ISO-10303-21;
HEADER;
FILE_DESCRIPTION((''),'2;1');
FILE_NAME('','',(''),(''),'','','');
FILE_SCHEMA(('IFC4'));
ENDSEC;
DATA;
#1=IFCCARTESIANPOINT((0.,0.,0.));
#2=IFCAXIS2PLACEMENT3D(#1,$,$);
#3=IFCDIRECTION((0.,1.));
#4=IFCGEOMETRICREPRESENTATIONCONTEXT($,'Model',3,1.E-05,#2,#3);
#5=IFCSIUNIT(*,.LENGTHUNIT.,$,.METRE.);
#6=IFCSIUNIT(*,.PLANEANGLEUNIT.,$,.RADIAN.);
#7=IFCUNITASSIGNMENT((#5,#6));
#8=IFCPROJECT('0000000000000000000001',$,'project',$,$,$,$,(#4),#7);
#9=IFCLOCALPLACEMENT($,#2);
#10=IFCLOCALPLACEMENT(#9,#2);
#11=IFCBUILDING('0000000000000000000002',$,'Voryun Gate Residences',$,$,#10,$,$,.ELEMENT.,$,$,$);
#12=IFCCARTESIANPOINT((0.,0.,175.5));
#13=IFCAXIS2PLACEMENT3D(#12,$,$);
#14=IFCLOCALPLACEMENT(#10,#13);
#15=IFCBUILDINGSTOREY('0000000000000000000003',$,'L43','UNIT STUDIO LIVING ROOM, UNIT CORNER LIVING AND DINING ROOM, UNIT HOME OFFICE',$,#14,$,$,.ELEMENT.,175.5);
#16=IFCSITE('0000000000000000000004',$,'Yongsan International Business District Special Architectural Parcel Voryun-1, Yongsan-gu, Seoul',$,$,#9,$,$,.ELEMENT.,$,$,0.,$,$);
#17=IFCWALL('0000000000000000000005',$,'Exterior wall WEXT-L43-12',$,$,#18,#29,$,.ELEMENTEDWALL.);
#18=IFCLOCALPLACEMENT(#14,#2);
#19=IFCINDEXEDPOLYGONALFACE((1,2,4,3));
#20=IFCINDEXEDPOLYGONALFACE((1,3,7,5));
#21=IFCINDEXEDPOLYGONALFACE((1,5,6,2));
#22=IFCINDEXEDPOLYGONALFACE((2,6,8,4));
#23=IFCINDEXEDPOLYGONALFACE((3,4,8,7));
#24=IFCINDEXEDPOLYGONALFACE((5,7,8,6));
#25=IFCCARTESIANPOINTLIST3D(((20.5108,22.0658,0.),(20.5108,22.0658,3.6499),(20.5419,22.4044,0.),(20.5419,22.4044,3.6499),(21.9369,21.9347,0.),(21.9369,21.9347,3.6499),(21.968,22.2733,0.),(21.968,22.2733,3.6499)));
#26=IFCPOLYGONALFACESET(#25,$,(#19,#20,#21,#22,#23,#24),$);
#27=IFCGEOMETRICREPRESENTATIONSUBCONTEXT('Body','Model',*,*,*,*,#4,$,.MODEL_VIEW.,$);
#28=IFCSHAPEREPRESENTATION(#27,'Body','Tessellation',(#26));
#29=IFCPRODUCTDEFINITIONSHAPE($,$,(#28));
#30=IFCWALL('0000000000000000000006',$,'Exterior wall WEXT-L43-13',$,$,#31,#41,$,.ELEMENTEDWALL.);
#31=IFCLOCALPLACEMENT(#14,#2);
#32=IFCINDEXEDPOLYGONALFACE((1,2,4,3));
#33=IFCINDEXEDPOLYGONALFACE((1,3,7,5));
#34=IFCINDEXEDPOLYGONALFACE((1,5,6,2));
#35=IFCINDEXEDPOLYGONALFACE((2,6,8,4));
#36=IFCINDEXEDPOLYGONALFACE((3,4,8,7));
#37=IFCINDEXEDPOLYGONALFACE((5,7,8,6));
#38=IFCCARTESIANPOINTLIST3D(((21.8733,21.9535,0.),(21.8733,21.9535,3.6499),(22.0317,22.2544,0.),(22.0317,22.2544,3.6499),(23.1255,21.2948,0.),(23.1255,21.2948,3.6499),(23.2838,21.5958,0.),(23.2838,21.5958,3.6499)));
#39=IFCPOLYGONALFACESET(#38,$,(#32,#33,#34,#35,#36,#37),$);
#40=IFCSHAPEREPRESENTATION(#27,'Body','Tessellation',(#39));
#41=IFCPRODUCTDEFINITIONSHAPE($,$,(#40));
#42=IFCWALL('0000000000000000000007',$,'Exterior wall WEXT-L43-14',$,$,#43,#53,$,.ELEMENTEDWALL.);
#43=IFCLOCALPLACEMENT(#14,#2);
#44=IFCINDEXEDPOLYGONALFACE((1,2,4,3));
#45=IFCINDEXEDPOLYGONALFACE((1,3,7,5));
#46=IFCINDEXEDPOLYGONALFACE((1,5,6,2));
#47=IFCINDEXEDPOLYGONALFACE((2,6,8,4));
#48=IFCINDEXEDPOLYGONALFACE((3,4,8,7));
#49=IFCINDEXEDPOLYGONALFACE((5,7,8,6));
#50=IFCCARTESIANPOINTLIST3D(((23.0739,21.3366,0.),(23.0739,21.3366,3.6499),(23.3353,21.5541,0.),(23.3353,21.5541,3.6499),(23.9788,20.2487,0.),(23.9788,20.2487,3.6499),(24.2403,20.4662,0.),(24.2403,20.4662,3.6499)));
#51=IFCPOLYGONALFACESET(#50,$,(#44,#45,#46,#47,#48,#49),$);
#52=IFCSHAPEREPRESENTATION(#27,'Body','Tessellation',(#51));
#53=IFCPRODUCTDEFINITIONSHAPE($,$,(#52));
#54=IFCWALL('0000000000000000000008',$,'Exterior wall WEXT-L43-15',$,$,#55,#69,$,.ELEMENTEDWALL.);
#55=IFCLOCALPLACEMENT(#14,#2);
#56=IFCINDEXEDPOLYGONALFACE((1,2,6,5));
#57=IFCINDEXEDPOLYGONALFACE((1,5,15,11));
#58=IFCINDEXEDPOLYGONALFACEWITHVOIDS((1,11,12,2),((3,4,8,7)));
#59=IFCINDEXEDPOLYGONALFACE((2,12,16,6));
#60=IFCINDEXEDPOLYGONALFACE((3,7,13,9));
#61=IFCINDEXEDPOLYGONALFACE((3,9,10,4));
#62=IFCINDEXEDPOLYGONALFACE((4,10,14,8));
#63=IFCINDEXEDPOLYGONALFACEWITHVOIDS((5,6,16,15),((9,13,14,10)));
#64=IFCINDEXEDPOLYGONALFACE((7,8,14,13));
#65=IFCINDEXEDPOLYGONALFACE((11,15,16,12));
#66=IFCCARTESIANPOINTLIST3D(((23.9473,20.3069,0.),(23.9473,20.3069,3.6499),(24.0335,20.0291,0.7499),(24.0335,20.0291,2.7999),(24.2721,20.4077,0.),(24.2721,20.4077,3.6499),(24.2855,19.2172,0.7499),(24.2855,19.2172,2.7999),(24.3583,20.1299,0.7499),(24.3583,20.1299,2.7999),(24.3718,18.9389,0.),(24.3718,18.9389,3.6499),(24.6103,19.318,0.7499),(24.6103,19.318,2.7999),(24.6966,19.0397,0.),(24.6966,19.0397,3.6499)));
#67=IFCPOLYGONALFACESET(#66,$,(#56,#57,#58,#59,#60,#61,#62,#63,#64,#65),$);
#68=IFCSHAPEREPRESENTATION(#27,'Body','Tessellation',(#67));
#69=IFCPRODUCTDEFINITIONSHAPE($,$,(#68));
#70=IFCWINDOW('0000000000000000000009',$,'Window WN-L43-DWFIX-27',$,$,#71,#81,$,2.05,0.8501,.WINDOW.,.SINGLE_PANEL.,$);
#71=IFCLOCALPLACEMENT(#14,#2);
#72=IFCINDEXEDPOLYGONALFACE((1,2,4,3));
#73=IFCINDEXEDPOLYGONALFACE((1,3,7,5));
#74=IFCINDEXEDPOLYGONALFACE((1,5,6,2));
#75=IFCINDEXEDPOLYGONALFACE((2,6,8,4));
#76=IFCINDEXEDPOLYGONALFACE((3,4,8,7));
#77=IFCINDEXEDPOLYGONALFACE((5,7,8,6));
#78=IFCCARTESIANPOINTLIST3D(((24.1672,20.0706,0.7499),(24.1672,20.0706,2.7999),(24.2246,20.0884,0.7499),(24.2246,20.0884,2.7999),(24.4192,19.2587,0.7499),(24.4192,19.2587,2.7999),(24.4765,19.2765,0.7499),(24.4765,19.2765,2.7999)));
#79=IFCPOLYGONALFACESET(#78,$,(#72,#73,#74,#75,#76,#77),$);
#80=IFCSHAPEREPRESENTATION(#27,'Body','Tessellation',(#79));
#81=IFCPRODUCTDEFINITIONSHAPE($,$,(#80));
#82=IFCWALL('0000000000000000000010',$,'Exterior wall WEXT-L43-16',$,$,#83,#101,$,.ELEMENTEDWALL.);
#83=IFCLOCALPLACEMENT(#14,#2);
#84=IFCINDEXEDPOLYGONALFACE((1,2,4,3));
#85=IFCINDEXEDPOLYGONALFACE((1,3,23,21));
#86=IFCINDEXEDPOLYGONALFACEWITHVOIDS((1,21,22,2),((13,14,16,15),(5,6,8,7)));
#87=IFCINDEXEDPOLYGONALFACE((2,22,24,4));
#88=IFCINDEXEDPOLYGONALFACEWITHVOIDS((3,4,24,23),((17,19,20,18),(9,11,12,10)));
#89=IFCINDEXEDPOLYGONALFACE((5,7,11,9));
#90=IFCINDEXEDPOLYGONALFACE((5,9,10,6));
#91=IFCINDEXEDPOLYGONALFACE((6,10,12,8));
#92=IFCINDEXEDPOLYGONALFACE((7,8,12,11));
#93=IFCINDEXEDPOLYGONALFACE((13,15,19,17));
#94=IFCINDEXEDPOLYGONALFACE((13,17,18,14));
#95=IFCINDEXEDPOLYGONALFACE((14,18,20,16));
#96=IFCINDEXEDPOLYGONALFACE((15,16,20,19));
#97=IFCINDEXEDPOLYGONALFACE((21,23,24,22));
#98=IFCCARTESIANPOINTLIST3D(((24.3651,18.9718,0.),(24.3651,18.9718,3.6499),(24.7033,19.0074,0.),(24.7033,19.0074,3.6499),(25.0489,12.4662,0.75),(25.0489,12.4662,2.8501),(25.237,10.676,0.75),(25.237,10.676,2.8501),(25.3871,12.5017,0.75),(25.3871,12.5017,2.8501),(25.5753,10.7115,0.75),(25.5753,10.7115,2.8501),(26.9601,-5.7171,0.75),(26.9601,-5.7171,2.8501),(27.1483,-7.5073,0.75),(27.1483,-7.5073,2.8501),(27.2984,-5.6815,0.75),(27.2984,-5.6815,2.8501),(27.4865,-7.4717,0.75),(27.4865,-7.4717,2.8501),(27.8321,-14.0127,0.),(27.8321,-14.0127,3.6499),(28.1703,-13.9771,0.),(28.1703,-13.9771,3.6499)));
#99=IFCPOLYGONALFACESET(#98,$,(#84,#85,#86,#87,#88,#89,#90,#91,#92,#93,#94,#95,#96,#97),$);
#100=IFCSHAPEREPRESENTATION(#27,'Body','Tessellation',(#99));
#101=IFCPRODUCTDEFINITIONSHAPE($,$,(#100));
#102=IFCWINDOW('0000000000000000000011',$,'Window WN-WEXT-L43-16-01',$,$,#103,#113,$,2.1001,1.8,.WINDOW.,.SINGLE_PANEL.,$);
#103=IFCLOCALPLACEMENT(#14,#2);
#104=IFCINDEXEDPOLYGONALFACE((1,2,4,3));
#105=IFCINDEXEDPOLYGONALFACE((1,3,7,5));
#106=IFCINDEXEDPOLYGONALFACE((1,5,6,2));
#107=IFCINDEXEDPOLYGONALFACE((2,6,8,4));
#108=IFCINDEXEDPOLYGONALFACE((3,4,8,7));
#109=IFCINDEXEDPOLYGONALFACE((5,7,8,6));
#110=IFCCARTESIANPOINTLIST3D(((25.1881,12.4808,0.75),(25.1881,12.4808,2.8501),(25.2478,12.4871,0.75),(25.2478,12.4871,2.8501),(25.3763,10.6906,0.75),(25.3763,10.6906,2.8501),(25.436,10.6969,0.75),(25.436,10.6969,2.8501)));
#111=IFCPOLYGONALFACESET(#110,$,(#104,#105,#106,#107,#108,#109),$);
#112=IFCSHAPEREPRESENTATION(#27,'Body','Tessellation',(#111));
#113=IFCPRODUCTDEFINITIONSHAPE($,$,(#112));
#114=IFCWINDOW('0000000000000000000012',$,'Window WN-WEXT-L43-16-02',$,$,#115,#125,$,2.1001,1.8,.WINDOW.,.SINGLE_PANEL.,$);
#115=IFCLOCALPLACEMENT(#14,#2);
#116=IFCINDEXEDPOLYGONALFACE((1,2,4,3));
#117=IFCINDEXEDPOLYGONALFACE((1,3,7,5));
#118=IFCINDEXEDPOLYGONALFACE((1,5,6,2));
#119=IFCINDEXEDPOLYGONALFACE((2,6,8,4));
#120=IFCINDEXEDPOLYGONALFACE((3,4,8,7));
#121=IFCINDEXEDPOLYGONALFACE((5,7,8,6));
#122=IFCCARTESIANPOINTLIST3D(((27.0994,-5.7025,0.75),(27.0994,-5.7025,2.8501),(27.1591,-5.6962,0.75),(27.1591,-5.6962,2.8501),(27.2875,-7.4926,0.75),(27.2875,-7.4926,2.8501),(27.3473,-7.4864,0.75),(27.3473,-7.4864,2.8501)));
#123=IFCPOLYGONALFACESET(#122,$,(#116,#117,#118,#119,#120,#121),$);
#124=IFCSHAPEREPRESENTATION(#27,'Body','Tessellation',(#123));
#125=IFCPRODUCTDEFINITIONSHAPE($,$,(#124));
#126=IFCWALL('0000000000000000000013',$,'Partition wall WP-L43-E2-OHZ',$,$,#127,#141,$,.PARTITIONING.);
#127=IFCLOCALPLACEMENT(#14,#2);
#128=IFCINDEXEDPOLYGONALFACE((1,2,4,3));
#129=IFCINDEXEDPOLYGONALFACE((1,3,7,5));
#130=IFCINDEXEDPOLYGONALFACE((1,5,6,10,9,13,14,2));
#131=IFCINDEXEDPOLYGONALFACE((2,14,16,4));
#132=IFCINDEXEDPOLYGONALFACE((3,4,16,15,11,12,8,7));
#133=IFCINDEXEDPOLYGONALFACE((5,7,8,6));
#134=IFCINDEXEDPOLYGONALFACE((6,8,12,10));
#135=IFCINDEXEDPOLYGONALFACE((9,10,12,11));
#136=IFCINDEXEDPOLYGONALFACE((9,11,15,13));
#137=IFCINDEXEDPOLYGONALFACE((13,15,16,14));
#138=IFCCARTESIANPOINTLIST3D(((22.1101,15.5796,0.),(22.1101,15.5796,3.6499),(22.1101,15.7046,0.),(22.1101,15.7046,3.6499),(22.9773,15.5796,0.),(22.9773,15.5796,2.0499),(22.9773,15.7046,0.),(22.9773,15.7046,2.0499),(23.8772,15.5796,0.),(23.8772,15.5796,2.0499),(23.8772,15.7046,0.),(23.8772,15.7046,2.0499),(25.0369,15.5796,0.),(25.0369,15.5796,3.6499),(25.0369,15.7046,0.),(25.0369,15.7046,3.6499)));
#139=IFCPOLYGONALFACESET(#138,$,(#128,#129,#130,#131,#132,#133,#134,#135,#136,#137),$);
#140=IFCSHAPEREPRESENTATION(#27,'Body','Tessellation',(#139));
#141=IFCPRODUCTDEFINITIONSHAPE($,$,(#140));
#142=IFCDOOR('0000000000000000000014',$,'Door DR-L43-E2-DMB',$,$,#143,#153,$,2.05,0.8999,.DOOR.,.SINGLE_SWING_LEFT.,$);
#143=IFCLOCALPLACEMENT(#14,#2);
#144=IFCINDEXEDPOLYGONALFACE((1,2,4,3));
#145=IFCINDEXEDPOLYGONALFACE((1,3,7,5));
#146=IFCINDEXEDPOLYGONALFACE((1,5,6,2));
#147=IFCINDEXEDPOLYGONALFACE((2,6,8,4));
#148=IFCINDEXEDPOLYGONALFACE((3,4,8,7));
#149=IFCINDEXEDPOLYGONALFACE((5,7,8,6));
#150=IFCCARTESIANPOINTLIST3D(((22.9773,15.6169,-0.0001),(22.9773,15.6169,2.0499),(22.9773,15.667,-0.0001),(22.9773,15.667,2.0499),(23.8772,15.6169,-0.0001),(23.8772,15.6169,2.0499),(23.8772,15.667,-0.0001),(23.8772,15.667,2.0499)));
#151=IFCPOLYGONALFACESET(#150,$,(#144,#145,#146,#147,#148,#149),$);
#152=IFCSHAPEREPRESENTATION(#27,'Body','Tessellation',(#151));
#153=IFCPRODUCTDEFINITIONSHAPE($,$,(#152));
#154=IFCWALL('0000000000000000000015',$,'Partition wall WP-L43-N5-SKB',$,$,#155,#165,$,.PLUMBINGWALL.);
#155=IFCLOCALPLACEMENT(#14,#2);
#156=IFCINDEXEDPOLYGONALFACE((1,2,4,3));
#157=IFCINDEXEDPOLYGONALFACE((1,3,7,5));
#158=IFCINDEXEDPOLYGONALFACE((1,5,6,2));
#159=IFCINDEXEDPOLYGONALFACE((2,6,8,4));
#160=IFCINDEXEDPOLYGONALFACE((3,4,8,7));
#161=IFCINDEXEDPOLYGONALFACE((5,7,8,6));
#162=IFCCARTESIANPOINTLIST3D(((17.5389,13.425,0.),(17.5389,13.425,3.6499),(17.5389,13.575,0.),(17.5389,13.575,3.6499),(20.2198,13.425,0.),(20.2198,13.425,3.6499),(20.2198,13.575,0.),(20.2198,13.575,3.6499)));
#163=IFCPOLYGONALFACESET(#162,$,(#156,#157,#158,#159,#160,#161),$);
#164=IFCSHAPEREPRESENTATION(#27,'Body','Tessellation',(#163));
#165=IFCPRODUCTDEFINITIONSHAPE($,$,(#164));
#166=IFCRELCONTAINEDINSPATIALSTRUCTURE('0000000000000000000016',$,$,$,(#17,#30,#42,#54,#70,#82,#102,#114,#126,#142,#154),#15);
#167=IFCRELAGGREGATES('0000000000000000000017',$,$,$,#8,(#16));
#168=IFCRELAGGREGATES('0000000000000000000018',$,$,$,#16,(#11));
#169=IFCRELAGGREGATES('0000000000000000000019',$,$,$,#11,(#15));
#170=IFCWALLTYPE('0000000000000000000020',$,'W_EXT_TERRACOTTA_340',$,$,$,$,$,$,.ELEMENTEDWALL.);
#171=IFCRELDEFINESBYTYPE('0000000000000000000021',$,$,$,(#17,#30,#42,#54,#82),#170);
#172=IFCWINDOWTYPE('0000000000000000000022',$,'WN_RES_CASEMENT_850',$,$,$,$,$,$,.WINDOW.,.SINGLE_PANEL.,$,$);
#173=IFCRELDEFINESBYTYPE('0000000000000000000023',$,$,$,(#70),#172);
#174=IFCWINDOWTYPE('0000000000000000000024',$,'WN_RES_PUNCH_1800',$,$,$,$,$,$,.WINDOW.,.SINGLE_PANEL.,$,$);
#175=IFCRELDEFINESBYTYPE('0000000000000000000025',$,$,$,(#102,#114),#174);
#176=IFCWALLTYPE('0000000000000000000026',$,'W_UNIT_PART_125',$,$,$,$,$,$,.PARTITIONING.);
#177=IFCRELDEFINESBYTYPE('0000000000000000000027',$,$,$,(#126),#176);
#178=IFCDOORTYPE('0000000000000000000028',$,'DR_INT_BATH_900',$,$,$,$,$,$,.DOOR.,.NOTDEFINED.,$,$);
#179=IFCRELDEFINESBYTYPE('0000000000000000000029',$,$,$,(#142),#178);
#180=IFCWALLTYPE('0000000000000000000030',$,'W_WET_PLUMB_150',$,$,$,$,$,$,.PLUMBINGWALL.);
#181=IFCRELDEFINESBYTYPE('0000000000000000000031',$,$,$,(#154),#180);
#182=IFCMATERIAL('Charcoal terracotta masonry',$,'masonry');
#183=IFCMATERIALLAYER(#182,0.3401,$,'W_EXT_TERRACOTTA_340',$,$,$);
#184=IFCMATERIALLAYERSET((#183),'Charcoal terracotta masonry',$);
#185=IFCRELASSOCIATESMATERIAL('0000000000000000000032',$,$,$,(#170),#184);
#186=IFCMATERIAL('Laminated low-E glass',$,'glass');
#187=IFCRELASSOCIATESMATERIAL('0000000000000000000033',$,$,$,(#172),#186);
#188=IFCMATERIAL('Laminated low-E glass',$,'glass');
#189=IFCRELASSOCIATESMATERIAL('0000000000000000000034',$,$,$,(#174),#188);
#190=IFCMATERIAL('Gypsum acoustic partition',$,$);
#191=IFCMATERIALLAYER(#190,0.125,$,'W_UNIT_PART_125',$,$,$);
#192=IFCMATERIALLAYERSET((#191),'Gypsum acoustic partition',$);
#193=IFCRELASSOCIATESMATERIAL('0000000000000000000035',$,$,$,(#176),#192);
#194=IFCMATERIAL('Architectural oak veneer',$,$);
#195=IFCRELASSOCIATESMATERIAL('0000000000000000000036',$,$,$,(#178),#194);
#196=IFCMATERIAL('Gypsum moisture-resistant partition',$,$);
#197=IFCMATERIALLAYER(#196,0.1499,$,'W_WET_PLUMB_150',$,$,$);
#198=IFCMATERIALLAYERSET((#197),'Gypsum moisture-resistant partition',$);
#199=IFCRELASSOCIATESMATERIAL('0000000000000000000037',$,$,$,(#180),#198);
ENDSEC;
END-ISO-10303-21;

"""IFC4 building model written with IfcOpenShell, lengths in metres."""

from ifc_helpers import new_model, si_unit, direction, frame, frame_2d, origin, place, context, subcontext, project, spatial, rectangle, extrude, material, layer, layer_set, type_object, element, fill, save


model = new_model("IFC4")

# Units and contexts
model_context = context("Model", 3, precision=1e-05, world=origin(), true_north=direction((0.0, 1.0)))
body_context = subcontext(model_context, "Body", "Model", "MODEL_VIEW")
ifc_project = project(units=[si_unit("LENGTHUNIT", "METRE"), si_unit("PLANEANGLEUNIT", "RADIAN")], contexts=[model_context])

# Site, building, storey
site_placement = place(None, origin())
site = spatial("IfcSite", under=ifc_project, at=site_placement, Name="Yongsan International Business District Special Architectural Parcel Voryun-1, Yongsan-gu, Seoul", CompositionType="ELEMENT", RefElevation=0.0)
building_placement = place(site_placement, origin())
building = spatial("IfcBuilding", under=site, at=building_placement, Name="Voryun Gate Residences", CompositionType="ELEMENT")
storey_placement = place(building_placement, frame((0.0, 0.0, 175.5)))
storey = spatial("IfcBuildingStorey", under=building, at=storey_placement, Name="L43", Description="UNIT STUDIO LIVING ROOM, UNIT CORNER LIVING AND DINING ROOM, UNIT HOME OFFICE", CompositionType="ELEMENT", Elevation=175.5)

# Walls
ifc_material_1 = material(Name="Charcoal terracotta masonry", Category="masonry")
ifc_layer_1 = layer(ifc_material_1, 0.3401, Name="W_EXT_TERRACOTTA_340")
ifc_layer_set_1 = layer_set([ifc_layer_1], Name="Charcoal terracotta masonry")
wall_type_1 = type_object("IfcWallType", Name="W_EXT_TERRACOTTA_340", PredefinedType="ELEMENTEDWALL", material=ifc_layer_set_1)
wall_1_placement = place(storey_placement, frame((20.5264, 22.2351, 0.0), z_axis=(0.0, 0.0, 1.0), x_axis=(0.9958, -0.09155, 0.0)))
element("IfcWall", 1, at=wall_1_placement, inside=storey, type_object=wall_type_1, Name="Exterior wall WEXT-L43-12", PredefinedType="ELEMENTEDWALL", context=body_context, shape_type="SweptSolid", body=[
    extrude(rectangle(XDim=1.4321, YDim=0.3401, at=frame_2d((0.7161, 0.0))), origin(), (0.0, 0.0, 1.0), 3.6499),
])
wall_2_placement = place(storey_placement, frame((21.9524, 22.104, 0.0), z_axis=(0.0, 0.0, 1.0), x_axis=(0.885023, -0.465547, 0.0)))
element("IfcWall", 2, at=wall_2_placement, inside=storey, type_object=wall_type_1, Name="Exterior wall WEXT-L43-13", PredefinedType="ELEMENTEDWALL", context=body_context, shape_type="SweptSolid", body=[
    extrude(rectangle(XDim=1.4148, YDim=0.3401, at=frame_2d((0.7075, 0.0))), origin(), (0.0, 0.0, 1.0), 3.6499),
])
wall_3_placement = place(storey_placement, frame((23.2046, 21.4453, 0.0), z_axis=(0.0, 0.0, 1.0), x_axis=(0.639539, -0.768758, 0.0)))
element("IfcWall", 3, at=wall_3_placement, inside=storey, type_object=wall_type_1, Name="Exterior wall WEXT-L43-14", PredefinedType="ELEMENTEDWALL", context=body_context, shape_type="SweptSolid", body=[
    extrude(rectangle(XDim=1.415, YDim=0.3401, at=frame_2d((0.7075, 0.0))), origin(), (0.0, 0.0, 1.0), 3.6499),
])

# Wall, opening, window
wall_4_placement = place(storey_placement, frame((24.1096, 20.3574, 0.0), z_axis=(0.0, 0.0, 1.0), x_axis=(0.296421, -0.955057, 0.0)))
wall_4 = element("IfcWall", 4, at=wall_4_placement, inside=storey, type_object=wall_type_1, Name="Exterior wall WEXT-L43-15", PredefinedType="ELEMENTEDWALL", context=body_context, shape_type="SweptSolid", body=[
    extrude(rectangle(XDim=1.4324, YDim=0.3401, at=frame_2d((0.7163, 0.0))), origin(), (0.0, 0.0, 1.0), 3.6499),
])
opening_1_placement = place(wall_4_placement, frame((0.291, 0.0, 0.75)))
opening_1 = element("IfcOpeningElement", 5, at=opening_1_placement, cuts=wall_4, PredefinedType="OPENING", context=body_context, shape_type="SweptSolid", body=[
    extrude(rectangle(XDim=0.8501, YDim=2.05, at=frame_2d((0.425, 1.0249))), frame((0.0, 0.1799, 0.0), z_axis=(0.0, -1.0, 0.0), x_axis=(1.0, 0.0, 0.0)), (0.0, 0.0, 1.0), 0.3601),
])
ifc_material_2 = material(Name="Laminated low-E glass", Category="glass")
window_type_1 = type_object("IfcWindowType", Name="WN_RES_CASEMENT_850", PartitioningType="SINGLE_PANEL", PredefinedType="WINDOW", material=ifc_material_2)
window_1_placement = place(opening_1_placement, origin())
window_1 = element("IfcWindow", 6, at=window_1_placement, inside=storey, type_object=window_type_1, Name="Window WN-L43-DWFIX-27", OverallHeight=2.05, OverallWidth=0.8501, PartitioningType="SINGLE_PANEL", PredefinedType="WINDOW", context=body_context, shape_type="SweptSolid", body=[
    extrude(rectangle(XDim=0.8501, YDim=2.05, at=frame_2d((0.425, 1.0249))), frame((0.0, 0.03, 0.0), z_axis=(0.0, -1.0, 0.0), x_axis=(1.0, 0.0, 0.0)), (0.0, 0.0, 1.0), 0.0601),
])
fill(opening_1, window_1)

# Wall, openings, windows
wall_5_placement = place(storey_placement, frame((24.5342, 18.9895, 0.0), z_axis=(0.0, 0.0, 1.0), x_axis=(0.104535, -0.994521, 0.0)))
wall_5 = element("IfcWall", 7, at=wall_5_placement, inside=storey, type_object=wall_type_1, Name="Exterior wall WEXT-L43-16", PredefinedType="ELEMENTEDWALL", context=body_context, shape_type="SweptSolid", body=[
    extrude(rectangle(XDim=33.1663, YDim=0.3401, at=frame_2d((16.583, 0.0))), origin(), (0.0, 0.0, 1.0), 3.6499),
])
opening_2_placement = place(wall_5_placement, frame((6.5415, 0.0, 0.75)))
opening_2 = element("IfcOpeningElement", 8, at=opening_2_placement, cuts=wall_5, PredefinedType="OPENING", context=body_context, shape_type="SweptSolid", body=[
    extrude(rectangle(XDim=1.8, YDim=2.1001, at=frame_2d((0.8999, 1.05))), frame((0.0, 0.1799, 0.0), z_axis=(0.0, -1.0, 0.0), x_axis=(1.0, 0.0, 0.0)), (0.0, 0.0, 1.0), 0.3601),
])
opening_3_placement = place(wall_5_placement, frame((24.825, 0.0, 0.75)))
opening_3 = element("IfcOpeningElement", 9, at=opening_3_placement, cuts=wall_5, PredefinedType="OPENING", context=body_context, shape_type="SweptSolid", body=[
    extrude(rectangle(XDim=1.8, YDim=2.1001, at=frame_2d((0.8999, 1.05))), frame((0.0, 0.1799, 0.0), z_axis=(0.0, -1.0, 0.0), x_axis=(1.0, 0.0, 0.0)), (0.0, 0.0, 1.0), 0.3601),
])
ifc_material_3 = material(Name="Laminated low-E glass", Category="glass")
window_type_2 = type_object("IfcWindowType", Name="WN_RES_PUNCH_1800", PartitioningType="SINGLE_PANEL", PredefinedType="WINDOW", material=ifc_material_3)
window_2_placement = place(opening_2_placement, origin())
window_2 = element("IfcWindow", 10, at=window_2_placement, inside=storey, type_object=window_type_2, Name="Window WN-WEXT-L43-16-01", OverallHeight=2.1001, OverallWidth=1.8, PartitioningType="SINGLE_PANEL", PredefinedType="WINDOW", context=body_context, shape_type="SweptSolid", body=[
    extrude(rectangle(XDim=1.8, YDim=2.1001, at=frame_2d((0.8999, 1.05))), frame((0.0, 0.03, 0.0), z_axis=(0.0, -1.0, 0.0), x_axis=(1.0, 0.0, 0.0)), (0.0, 0.0, 1.0), 0.0601),
])
fill(opening_2, window_2)
window_3_placement = place(opening_3_placement, origin())
window_3 = element("IfcWindow", 11, at=window_3_placement, inside=storey, type_object=window_type_2, Name="Window WN-WEXT-L43-16-02", OverallHeight=2.1001, OverallWidth=1.8, PartitioningType="SINGLE_PANEL", PredefinedType="WINDOW", context=body_context, shape_type="SweptSolid", body=[
    extrude(rectangle(XDim=1.8, YDim=2.1001, at=frame_2d((0.8999, 1.05))), frame((0.0, 0.03, 0.0), z_axis=(0.0, -1.0, 0.0), x_axis=(1.0, 0.0, 0.0)), (0.0, 0.0, 1.0), 0.0601),
])
fill(opening_3, window_3)

# Wall, opening, door
ifc_material_4 = material(Name="Gypsum acoustic partition")
ifc_layer_2 = layer(ifc_material_4, 0.125, Name="W_UNIT_PART_125")
ifc_layer_set_2 = layer_set([ifc_layer_2], Name="Gypsum acoustic partition")
wall_type_2 = type_object("IfcWallType", Name="W_UNIT_PART_125", PredefinedType="PARTITIONING", material=ifc_layer_set_2)
wall_6_placement = place(storey_placement, frame((22.1101, 15.6421, 0.0), z_axis=(0.0, 0.0, 1.0), x_axis=(1.0, 0.0, 0.0)))
wall_6 = element("IfcWall", 12, at=wall_6_placement, inside=storey, type_object=wall_type_2, Name="Partition wall WP-L43-E2-OHZ", PredefinedType="PARTITIONING", context=body_context, shape_type="SweptSolid", body=[
    extrude(rectangle(XDim=2.9268, YDim=0.125, at=frame_2d((1.4634, 0.0))), origin(), (0.0, 0.0, 1.0), 3.6499),
])
opening_4_placement = place(wall_6_placement, frame((0.8672, 0.0, 0.0)))
opening_4 = element("IfcOpeningElement", 13, at=opening_4_placement, cuts=wall_6, PredefinedType="OPENING", context=body_context, shape_type="SweptSolid", body=[
    extrude(rectangle(XDim=0.8999, YDim=2.05, at=frame_2d((0.45, 1.0249))), frame((0.0, 0.0725, 0.0), z_axis=(0.0, -1.0, 0.0), x_axis=(1.0, 0.0, 0.0)), (0.0, 0.0, 1.0), 0.145),
])
ifc_material_5 = material(Name="Architectural oak veneer")
door_type = type_object("IfcDoorType", Name="DR_INT_BATH_900", OperationType="NOTDEFINED", PredefinedType="DOOR", material=ifc_material_5)
door_1_placement = place(opening_4_placement, origin())
door_1 = element("IfcDoor", 14, at=door_1_placement, inside=storey, type_object=door_type, Name="Door DR-L43-E2-DMB", OperationType="SINGLE_SWING_LEFT", OverallHeight=2.05, OverallWidth=0.8999, PredefinedType="DOOR", context=body_context, shape_type="SweptSolid", body=[
    extrude(rectangle(XDim=0.8999, YDim=2.05, at=frame_2d((0.45, 1.0249))), frame((0.0, 0.0249, 0.0), z_axis=(0.0, -1.0, 0.0), x_axis=(1.0, 0.0, 0.0)), (0.0, 0.0, 1.0), 0.05),
])
fill(opening_4, door_1)

# Wall
ifc_material_6 = material(Name="Gypsum moisture-resistant partition")
ifc_layer_3 = layer(ifc_material_6, 0.1499, Name="W_WET_PLUMB_150")
ifc_layer_set_3 = layer_set([ifc_layer_3], Name="Gypsum moisture-resistant partition")
wall_type_3 = type_object("IfcWallType", Name="W_WET_PLUMB_150", PredefinedType="PLUMBINGWALL", material=ifc_layer_set_3)
wall_7_placement = place(storey_placement, frame((17.5391, 13.5, 0.0), z_axis=(0.0, 0.0, 1.0), x_axis=(1.0, 0.0, 0.0)))
element("IfcWall", 15, at=wall_7_placement, inside=storey, type_object=wall_type_3, Name="Partition wall WP-L43-N5-SKB", PredefinedType="PLUMBINGWALL", context=body_context, shape_type="SweptSolid", body=[
    extrude(rectangle(XDim=2.6809, YDim=0.1499, at=frame_2d((1.3403, 0.0))), origin(), (0.0, 0.0, 1.0), 3.6499),
])

save(model, "model.ifc")
